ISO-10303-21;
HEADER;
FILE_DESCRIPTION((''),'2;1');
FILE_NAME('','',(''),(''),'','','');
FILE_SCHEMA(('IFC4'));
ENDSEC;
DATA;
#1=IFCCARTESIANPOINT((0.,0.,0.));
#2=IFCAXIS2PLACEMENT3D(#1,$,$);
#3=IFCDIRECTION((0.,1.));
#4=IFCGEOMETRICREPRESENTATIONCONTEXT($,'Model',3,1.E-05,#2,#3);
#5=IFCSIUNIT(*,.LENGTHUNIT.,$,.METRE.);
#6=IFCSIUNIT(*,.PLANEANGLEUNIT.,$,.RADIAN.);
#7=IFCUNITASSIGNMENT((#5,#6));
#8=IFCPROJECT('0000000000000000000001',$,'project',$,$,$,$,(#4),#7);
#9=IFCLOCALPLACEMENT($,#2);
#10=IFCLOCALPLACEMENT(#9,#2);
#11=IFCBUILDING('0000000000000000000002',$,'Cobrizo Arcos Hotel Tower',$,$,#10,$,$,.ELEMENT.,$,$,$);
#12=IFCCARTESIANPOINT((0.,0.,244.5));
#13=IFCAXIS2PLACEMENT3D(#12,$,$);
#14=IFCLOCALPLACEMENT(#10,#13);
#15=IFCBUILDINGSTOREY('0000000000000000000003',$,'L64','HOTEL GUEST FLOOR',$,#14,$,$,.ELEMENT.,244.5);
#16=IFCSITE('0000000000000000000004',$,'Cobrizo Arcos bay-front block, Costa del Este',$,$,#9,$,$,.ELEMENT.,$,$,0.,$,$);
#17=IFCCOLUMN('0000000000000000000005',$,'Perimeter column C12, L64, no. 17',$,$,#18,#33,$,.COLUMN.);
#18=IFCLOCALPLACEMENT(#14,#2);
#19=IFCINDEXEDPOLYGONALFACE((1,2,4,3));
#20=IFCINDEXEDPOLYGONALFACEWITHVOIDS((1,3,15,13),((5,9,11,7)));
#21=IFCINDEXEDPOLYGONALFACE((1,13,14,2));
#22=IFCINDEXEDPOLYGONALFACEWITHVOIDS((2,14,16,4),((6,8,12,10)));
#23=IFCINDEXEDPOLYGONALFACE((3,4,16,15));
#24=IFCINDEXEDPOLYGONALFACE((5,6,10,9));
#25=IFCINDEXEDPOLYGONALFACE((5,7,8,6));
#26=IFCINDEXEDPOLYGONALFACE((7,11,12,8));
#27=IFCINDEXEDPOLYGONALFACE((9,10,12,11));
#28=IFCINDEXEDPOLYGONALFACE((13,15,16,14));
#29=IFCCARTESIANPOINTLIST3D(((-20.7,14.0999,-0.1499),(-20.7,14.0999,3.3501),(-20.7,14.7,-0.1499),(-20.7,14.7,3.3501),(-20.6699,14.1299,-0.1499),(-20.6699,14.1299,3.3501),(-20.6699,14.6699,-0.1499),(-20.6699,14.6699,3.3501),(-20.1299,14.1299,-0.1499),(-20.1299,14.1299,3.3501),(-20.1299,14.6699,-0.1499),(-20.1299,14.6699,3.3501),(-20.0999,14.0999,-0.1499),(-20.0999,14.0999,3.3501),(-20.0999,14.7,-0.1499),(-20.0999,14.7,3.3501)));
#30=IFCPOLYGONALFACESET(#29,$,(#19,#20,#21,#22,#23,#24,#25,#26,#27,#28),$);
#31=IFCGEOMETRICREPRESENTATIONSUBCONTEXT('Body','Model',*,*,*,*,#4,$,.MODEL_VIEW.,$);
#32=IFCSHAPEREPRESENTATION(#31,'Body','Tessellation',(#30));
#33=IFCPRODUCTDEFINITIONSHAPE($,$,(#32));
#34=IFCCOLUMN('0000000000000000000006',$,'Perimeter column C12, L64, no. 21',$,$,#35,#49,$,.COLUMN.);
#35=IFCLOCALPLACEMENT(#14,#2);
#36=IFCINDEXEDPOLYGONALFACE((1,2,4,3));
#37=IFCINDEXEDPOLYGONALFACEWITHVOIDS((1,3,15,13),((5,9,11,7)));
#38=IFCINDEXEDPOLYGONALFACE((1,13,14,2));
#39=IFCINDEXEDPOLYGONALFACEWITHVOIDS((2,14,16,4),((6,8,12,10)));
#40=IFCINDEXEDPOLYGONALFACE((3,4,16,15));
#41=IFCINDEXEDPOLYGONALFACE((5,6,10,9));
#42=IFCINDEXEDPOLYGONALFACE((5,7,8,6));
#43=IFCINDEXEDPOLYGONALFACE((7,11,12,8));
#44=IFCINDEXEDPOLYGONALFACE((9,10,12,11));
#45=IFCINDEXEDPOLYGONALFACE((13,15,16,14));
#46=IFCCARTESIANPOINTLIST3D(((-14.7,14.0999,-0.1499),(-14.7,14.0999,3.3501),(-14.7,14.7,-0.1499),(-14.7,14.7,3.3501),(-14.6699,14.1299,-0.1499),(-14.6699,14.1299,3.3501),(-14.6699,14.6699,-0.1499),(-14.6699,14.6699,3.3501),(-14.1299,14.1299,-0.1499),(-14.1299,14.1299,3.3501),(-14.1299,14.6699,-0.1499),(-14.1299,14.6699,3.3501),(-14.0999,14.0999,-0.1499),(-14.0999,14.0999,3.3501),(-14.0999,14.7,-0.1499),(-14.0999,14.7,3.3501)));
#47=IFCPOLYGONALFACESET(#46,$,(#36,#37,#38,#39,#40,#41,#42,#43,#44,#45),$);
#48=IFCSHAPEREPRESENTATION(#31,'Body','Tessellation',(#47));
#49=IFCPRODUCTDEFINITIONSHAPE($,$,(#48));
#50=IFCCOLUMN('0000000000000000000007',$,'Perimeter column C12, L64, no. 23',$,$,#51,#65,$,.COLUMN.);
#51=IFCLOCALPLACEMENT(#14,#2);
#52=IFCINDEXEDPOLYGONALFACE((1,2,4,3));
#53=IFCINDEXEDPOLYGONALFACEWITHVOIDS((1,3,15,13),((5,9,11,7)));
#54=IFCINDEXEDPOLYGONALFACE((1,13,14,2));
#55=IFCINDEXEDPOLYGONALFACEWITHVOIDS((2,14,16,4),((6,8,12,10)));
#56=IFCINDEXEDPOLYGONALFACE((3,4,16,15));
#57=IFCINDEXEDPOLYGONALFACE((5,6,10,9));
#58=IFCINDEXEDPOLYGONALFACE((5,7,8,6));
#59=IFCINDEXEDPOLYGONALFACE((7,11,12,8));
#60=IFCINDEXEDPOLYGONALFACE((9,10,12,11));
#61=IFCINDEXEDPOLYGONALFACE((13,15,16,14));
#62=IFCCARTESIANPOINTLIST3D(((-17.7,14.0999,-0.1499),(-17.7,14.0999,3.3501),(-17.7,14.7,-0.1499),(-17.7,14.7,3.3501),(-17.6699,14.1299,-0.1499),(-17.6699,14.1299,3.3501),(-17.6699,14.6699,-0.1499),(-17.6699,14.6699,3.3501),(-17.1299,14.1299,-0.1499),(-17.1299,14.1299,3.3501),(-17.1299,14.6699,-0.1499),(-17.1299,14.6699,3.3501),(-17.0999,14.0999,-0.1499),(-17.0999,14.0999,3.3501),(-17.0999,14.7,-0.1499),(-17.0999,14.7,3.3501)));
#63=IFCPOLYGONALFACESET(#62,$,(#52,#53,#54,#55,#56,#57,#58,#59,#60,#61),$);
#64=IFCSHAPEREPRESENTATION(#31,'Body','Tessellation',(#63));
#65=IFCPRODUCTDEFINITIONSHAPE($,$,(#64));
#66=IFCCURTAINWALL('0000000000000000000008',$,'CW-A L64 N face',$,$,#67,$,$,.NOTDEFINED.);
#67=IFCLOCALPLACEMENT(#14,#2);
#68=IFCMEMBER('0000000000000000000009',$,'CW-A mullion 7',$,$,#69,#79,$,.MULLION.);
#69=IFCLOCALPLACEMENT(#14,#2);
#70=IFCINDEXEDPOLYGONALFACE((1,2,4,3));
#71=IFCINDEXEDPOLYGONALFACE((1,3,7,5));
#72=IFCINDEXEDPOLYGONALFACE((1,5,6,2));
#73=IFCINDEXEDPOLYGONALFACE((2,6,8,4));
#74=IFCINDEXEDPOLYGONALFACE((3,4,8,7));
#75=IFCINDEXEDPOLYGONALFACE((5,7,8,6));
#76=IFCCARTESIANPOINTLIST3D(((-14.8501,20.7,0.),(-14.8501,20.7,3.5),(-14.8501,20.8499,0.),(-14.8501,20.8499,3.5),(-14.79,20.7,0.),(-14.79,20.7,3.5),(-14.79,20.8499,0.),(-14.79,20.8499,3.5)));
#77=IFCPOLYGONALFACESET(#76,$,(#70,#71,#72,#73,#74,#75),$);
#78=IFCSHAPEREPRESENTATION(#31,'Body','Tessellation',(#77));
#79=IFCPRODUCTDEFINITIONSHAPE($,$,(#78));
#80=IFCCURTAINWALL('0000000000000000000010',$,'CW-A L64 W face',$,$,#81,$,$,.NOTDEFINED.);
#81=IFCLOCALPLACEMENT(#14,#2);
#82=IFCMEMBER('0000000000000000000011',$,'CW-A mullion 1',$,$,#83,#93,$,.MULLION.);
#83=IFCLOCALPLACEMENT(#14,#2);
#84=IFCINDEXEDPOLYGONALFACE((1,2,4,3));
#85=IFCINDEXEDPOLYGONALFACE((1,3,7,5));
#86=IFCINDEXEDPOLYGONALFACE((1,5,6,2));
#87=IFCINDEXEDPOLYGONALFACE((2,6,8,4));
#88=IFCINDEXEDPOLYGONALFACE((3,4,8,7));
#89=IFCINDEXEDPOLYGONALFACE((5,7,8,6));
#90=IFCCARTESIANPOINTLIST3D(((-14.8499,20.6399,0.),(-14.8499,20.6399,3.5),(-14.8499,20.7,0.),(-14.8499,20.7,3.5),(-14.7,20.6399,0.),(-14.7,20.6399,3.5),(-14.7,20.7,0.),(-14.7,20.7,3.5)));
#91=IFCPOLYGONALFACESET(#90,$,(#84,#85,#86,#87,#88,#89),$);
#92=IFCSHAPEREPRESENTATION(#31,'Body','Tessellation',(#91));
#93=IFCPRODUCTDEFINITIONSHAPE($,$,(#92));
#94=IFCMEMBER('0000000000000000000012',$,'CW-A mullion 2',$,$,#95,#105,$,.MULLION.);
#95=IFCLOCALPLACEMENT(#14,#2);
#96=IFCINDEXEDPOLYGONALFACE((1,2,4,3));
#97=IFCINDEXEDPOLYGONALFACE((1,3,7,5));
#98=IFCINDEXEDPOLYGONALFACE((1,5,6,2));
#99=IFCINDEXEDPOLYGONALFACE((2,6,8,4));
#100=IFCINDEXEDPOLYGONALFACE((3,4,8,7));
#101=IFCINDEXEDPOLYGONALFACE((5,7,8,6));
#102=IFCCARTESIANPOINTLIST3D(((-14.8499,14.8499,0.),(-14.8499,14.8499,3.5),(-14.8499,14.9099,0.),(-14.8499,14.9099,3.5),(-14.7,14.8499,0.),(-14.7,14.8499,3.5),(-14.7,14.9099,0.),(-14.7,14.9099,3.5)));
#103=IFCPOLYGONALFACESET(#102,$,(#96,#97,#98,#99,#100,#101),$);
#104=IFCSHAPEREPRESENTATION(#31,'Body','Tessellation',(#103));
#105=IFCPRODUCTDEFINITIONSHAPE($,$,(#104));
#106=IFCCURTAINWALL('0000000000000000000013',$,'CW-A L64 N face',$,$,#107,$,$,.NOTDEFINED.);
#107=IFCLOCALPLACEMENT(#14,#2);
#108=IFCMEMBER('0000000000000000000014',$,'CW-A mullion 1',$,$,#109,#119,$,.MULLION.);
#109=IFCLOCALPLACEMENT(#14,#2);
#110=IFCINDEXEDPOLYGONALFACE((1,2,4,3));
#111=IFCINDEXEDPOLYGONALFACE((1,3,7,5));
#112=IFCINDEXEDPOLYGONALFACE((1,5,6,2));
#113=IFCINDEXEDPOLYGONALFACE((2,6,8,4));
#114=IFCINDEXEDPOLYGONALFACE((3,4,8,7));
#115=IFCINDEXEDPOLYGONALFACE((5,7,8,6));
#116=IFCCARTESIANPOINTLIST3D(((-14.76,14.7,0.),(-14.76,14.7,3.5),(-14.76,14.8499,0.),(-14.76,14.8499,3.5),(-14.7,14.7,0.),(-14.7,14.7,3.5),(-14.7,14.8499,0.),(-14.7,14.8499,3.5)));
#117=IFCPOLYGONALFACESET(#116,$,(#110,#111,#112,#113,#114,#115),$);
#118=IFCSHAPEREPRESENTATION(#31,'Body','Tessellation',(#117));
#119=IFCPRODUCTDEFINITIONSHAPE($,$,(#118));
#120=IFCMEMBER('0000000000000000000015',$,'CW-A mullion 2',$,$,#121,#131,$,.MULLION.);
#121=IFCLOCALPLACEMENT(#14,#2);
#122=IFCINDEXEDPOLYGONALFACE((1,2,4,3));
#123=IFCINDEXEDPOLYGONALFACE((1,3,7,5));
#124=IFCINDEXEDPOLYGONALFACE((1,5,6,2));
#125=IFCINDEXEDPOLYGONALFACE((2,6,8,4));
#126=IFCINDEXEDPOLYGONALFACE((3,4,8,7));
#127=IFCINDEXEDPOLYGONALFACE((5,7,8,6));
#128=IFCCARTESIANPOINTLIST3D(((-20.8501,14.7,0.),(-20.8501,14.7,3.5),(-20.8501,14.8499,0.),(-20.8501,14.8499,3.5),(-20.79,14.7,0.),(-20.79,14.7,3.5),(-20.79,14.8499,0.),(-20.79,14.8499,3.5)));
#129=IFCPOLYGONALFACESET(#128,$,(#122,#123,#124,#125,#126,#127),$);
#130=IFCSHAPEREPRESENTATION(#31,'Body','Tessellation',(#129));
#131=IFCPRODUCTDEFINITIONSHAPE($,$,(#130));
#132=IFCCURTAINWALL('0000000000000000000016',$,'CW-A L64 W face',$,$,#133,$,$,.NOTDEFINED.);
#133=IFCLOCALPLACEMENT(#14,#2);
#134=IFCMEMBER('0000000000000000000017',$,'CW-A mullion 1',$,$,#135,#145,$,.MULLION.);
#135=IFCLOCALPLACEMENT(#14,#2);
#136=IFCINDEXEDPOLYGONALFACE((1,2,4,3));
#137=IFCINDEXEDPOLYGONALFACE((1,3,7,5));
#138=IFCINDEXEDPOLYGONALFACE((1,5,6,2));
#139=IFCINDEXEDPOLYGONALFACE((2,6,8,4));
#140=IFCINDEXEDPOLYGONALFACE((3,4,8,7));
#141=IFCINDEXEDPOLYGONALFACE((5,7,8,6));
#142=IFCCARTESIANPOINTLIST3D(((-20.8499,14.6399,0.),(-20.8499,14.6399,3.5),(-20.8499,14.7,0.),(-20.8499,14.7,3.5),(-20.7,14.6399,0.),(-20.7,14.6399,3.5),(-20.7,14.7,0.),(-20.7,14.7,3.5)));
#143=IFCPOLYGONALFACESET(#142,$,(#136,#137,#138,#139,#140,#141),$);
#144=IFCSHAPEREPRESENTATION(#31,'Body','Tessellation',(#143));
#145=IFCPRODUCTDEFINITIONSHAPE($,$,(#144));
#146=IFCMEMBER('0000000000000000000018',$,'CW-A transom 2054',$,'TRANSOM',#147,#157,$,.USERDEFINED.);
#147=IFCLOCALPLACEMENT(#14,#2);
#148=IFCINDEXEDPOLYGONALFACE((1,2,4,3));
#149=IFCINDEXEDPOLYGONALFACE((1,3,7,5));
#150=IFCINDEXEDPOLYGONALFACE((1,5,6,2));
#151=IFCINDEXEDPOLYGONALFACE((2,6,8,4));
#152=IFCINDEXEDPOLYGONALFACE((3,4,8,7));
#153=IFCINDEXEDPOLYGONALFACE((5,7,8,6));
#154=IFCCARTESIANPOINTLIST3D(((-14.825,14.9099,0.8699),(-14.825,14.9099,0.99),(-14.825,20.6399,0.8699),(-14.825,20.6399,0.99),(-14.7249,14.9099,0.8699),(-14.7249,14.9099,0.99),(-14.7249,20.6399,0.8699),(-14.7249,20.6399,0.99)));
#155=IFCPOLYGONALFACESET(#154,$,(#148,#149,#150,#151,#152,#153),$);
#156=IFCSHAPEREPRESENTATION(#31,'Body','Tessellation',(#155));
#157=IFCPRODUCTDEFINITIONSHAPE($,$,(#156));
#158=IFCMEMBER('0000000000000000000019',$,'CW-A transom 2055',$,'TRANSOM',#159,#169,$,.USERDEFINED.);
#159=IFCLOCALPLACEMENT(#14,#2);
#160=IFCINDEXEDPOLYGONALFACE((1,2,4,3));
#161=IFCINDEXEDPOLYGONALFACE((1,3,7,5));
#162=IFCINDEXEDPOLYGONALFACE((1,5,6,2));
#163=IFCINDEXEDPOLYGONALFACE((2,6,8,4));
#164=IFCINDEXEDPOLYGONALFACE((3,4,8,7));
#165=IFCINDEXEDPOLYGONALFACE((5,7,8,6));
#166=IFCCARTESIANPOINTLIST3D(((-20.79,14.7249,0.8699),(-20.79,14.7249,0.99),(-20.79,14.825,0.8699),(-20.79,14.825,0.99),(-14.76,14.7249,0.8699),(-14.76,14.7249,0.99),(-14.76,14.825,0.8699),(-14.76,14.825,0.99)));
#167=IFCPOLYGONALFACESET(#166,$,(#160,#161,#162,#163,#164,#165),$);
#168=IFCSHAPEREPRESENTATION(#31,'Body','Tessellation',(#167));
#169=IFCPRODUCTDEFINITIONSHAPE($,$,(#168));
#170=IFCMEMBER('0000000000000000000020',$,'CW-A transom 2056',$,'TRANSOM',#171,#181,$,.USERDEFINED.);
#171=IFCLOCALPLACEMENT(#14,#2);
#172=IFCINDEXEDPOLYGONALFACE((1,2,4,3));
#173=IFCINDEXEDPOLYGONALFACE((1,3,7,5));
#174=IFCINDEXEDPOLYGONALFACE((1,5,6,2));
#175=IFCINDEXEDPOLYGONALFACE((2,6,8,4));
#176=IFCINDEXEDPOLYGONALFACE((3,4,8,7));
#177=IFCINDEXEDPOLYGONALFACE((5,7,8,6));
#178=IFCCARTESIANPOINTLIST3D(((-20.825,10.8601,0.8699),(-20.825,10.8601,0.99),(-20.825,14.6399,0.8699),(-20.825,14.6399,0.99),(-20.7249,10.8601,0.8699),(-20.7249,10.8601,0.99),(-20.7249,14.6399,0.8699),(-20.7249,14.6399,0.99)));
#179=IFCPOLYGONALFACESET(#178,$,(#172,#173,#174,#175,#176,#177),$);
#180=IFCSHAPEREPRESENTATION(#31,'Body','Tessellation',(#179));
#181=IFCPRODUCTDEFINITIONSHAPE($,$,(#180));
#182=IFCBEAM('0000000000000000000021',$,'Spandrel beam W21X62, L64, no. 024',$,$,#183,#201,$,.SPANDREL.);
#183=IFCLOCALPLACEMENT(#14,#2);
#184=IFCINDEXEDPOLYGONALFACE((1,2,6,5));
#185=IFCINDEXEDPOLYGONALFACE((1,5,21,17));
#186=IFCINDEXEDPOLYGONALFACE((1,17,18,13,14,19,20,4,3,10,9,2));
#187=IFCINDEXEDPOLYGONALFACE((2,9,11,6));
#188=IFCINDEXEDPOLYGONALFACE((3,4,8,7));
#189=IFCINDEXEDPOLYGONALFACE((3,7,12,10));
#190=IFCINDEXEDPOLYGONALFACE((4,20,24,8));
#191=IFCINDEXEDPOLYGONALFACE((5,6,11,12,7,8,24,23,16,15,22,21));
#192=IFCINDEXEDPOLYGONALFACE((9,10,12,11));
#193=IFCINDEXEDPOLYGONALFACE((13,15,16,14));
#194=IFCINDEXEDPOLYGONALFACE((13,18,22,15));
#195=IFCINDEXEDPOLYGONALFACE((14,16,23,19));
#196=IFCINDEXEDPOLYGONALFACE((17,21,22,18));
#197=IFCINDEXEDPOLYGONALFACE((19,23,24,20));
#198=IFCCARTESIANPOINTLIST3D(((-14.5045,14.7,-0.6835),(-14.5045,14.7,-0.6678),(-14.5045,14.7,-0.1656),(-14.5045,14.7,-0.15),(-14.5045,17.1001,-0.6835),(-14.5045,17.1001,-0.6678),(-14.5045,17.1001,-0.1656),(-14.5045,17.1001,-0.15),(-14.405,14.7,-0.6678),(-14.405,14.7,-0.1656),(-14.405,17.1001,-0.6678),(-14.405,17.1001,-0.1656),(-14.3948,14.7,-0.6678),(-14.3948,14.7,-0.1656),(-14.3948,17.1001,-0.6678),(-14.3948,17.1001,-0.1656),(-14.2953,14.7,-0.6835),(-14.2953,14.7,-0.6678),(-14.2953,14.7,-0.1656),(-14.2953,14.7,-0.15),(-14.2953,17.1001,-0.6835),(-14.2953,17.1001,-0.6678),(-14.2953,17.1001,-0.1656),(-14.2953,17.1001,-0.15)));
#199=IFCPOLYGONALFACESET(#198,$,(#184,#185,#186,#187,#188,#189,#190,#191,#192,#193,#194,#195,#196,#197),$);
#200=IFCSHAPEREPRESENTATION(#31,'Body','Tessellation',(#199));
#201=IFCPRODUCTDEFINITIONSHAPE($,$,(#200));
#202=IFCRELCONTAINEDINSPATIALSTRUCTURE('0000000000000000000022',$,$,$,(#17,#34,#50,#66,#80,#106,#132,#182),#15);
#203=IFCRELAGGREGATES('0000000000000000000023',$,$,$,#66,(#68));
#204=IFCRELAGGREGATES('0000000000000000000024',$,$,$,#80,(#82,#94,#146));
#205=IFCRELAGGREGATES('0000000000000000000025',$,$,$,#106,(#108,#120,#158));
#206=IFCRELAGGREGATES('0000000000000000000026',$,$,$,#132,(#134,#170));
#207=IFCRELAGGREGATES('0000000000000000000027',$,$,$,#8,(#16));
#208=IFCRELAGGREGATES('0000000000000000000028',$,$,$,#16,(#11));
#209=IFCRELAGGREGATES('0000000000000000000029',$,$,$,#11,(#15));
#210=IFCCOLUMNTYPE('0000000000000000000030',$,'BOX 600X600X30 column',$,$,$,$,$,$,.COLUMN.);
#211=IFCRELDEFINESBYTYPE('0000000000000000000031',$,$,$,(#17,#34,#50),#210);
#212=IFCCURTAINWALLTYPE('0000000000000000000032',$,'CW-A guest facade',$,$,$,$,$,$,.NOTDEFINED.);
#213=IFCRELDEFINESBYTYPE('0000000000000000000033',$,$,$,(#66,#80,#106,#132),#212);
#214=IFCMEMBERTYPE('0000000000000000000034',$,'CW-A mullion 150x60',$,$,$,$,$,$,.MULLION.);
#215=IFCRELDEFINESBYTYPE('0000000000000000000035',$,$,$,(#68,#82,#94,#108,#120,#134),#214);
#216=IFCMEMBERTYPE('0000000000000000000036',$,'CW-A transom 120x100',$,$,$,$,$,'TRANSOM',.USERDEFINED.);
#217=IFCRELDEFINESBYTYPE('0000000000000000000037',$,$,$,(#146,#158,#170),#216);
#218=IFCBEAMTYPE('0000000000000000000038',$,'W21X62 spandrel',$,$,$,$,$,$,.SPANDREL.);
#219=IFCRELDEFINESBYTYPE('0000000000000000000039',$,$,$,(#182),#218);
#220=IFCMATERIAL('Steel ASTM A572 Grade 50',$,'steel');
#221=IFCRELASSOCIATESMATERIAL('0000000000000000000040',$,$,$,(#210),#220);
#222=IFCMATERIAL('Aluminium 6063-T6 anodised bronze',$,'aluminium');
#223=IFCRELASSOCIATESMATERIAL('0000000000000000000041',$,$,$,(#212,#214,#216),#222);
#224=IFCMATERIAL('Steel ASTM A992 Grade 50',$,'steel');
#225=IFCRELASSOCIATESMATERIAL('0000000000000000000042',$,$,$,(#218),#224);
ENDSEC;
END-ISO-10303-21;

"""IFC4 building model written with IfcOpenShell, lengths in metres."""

from ifc_helpers import new_model, si_unit, direction, frame, origin, origin_2d, place, context, subcontext, project, spatial, rectangle, hollow_rectangle, i_section, extrude, material, material_profile, profile_set, type_object, element, aggregate, save


model = new_model("IFC4")

# Units and contexts
model_context = context("Model", 3, precision=1e-05, world=origin(), true_north=direction((0.0, 1.0)))
body_context = subcontext(model_context, "Body", "Model", "MODEL_VIEW")
ifc_project = project(units=[si_unit("LENGTHUNIT", "METRE"), si_unit("PLANEANGLEUNIT", "RADIAN")], contexts=[model_context])

# Site, building, storey
site_placement = place(None, origin())
site = spatial("IfcSite", under=ifc_project, at=site_placement, Name="Cobrizo Arcos bay-front block, Costa del Este", CompositionType="ELEMENT", RefElevation=0.0)
building_placement = place(site_placement, origin())
building = spatial("IfcBuilding", under=site, at=building_placement, Name="Cobrizo Arcos Hotel Tower", CompositionType="ELEMENT")
storey_placement = place(building_placement, frame((0.0, 0.0, 244.5)))
storey = spatial("IfcBuildingStorey", under=building, at=storey_placement, Name="L64", Description="HOTEL GUEST FLOOR", CompositionType="ELEMENT", Elevation=244.5)

# Columns
ifc_material_1 = material(Name="Steel ASTM A572 Grade 50", Category="steel")
ifc_material_profile_1 = material_profile(ifc_material_1, hollow_rectangle(XDim=0.6001, YDim=0.6001, WallThickness=0.03, at=origin_2d()), Name="BOX 600X600X30")
ifc_profile_set_1 = profile_set([ifc_material_profile_1], Name="Steel ASTM A572 Grade 50")
column_type = type_object("IfcColumnType", Name="BOX 600X600X30 column", PredefinedType="COLUMN", material=ifc_profile_set_1)
for number, where, z_axis, x_axis, name in (
    (1, (-20.3999, 14.3999, -0.1499), (0.0, 0.0, 1.0), (1.0, 0.0, 0.0), "Perimeter column C12, L64, no. 17"),
    (2, (-14.3999, 14.3999, -0.1499), (0.0, 0.0, 1.0), (1.0, 0.0, 0.0), "Perimeter column C12, L64, no. 21"),
    (3, (-17.3999, 14.3999, -0.1499), (0.0, 0.0, 1.0), (1.0, 0.0, 0.0), "Perimeter column C12, L64, no. 23"),
):
    element("IfcColumn", number, at=place(storey_placement, frame(where, z_axis=z_axis, x_axis=x_axis)), inside=storey, type_object=column_type, Name=name, PredefinedType="COLUMN", context=body_context, shape_type="SweptSolid", body=[
        extrude(hollow_rectangle(XDim=0.6001, YDim=0.6001, WallThickness=0.03, at=origin_2d()), origin(), (0.0, 0.0, 1.0), 3.5),
    ])

# Curtain wall, member
ifc_material_2 = material(Name="Aluminium 6063-T6 anodised bronze", Category="aluminium")
curtain_wall_type = type_object("IfcCurtainWallType", Name="CW-A guest facade", PredefinedType="NOTDEFINED", material=ifc_material_2)
curtain_wall_1_placement = place(storey_placement, origin())
curtain_wall_1 = element("IfcCurtainWall", 4, at=curtain_wall_1_placement, inside=storey, type_object=curtain_wall_type, Name="CW-A L64 N face", PredefinedType="NOTDEFINED")
ifc_material_profile_2 = material_profile(ifc_material_2, rectangle(XDim=0.1499, YDim=0.0601, at=origin_2d()), Name="CW-A mullion 150x60")
ifc_profile_set_2 = profile_set([ifc_material_profile_2], Name="Aluminium 6063-T6 anodised bronze")
member_type_1 = type_object("IfcMemberType", Name="CW-A mullion 150x60", PredefinedType="MULLION", material=ifc_profile_set_2)
member_1_placement = place(storey_placement, frame((-14.8201, 20.7749, 0.0), z_axis=(0.0, 0.0, 1.0), x_axis=(0.0, 1.0, 0.0)))
member_1 = element("IfcMember", 5, at=member_1_placement, type_object=member_type_1, Name="CW-A mullion 7", PredefinedType="MULLION", context=body_context, shape_type="SweptSolid", body=[
    extrude(rectangle(XDim=0.1499, YDim=0.0601, at=origin_2d()), origin(), (0.0, 0.0, 1.0), 3.5),
])
aggregate(curtain_wall_1, [member_1])

# Curtain walls, members
curtain_wall_2_placement = place(storey_placement, origin())
curtain_wall_2 = element("IfcCurtainWall", 6, at=curtain_wall_2_placement, inside=storey, type_object=curtain_wall_type, Name="CW-A L64 W face", PredefinedType="NOTDEFINED")
member_2_placement = place(storey_placement, frame((-14.7749, 20.6699, 0.0), z_axis=(0.0, 0.0, 1.0), x_axis=(-1.0, 0.0, 0.0)))
member_2 = element("IfcMember", 7, at=member_2_placement, type_object=member_type_1, Name="CW-A mullion 1", PredefinedType="MULLION", context=body_context, shape_type="SweptSolid", body=[
    extrude(rectangle(XDim=0.1499, YDim=0.0601, at=origin_2d()), origin(), (0.0, 0.0, 1.0), 3.5),
])
member_3_placement = place(storey_placement, frame((-14.7749, 14.8799, 0.0), z_axis=(0.0, 0.0, 1.0), x_axis=(-1.0, 0.0, 0.0)))
member_3 = element("IfcMember", 8, at=member_3_placement, type_object=member_type_1, Name="CW-A mullion 2", PredefinedType="MULLION", context=body_context, shape_type="SweptSolid", body=[
    extrude(rectangle(XDim=0.1499, YDim=0.0601, at=origin_2d()), origin(), (0.0, 0.0, 1.0), 3.5),
])
curtain_wall_3_placement = place(storey_placement, origin())
curtain_wall_3 = element("IfcCurtainWall", 9, at=curtain_wall_3_placement, inside=storey, type_object=curtain_wall_type, Name="CW-A L64 N face", PredefinedType="NOTDEFINED")
member_4_placement = place(storey_placement, frame((-14.73, 14.7749, 0.0), z_axis=(0.0, 0.0, 1.0), x_axis=(0.0, 1.0, 0.0)))
member_4 = element("IfcMember", 10, at=member_4_placement, type_object=member_type_1, Name="CW-A mullion 1", PredefinedType="MULLION", context=body_context, shape_type="SweptSolid", body=[
    extrude(rectangle(XDim=0.1499, YDim=0.0601, at=origin_2d()), origin(), (0.0, 0.0, 1.0), 3.5),
])
member_5_placement = place(storey_placement, frame((-20.8201, 14.7749, 0.0), z_axis=(0.0, 0.0, 1.0), x_axis=(0.0, 1.0, 0.0)))
member_5 = element("IfcMember", 11, at=member_5_placement, type_object=member_type_1, Name="CW-A mullion 2", PredefinedType="MULLION", context=body_context, shape_type="SweptSolid", body=[
    extrude(rectangle(XDim=0.1499, YDim=0.0601, at=origin_2d()), origin(), (0.0, 0.0, 1.0), 3.5),
])

# Curtain wall, member
curtain_wall_4_placement = place(storey_placement, origin())
curtain_wall_4 = element("IfcCurtainWall", 12, at=curtain_wall_4_placement, inside=storey, type_object=curtain_wall_type, Name="CW-A L64 W face", PredefinedType="NOTDEFINED")
member_6_placement = place(storey_placement, frame((-20.7749, 14.6699, 0.0), z_axis=(0.0, 0.0, 1.0), x_axis=(-1.0, 0.0, 0.0)))
member_6 = element("IfcMember", 13, at=member_6_placement, type_object=member_type_1, Name="CW-A mullion 1", PredefinedType="MULLION", context=body_context, shape_type="SweptSolid", body=[
    extrude(rectangle(XDim=0.1499, YDim=0.0601, at=origin_2d()), origin(), (0.0, 0.0, 1.0), 3.5),
])

# Members
ifc_material_profile_3 = material_profile(ifc_material_2, rectangle(XDim=0.1001, YDim=0.1201, at=origin_2d()), Name="CW-A transom 120x100")
ifc_profile_set_3 = profile_set([ifc_material_profile_3], Name="Aluminium 6063-T6 anodised bronze")
member_type_2 = type_object("IfcMemberType", Name="CW-A transom 120x100", ElementType="TRANSOM", PredefinedType="USERDEFINED", material=ifc_profile_set_3)
member_7_placement = place(storey_placement, frame((-14.7749, 20.6399, 0.9299), z_axis=(0.0, -1.0, 0.0), x_axis=(1.0, 0.0, 0.0)))
member_7 = element("IfcMember", 14, at=member_7_placement, type_object=member_type_2, Name="CW-A transom 2054", ObjectType="TRANSOM", PredefinedType="USERDEFINED", context=body_context, shape_type="SweptSolid", body=[
    extrude(rectangle(XDim=0.1001, YDim=0.1201, at=origin_2d()), origin(), (0.0, 0.0, 1.0), 5.73),
])
member_8_placement = place(storey_placement, frame((-14.76, 14.7749, 0.9299), z_axis=(-1.0, 0.0, 0.0), x_axis=(0.0, -1.0, 0.0)))
member_8 = element("IfcMember", 15, at=member_8_placement, type_object=member_type_2, Name="CW-A transom 2055", ObjectType="TRANSOM", PredefinedType="USERDEFINED", context=body_context, shape_type="SweptSolid", body=[
    extrude(rectangle(XDim=0.1001, YDim=0.1201, at=origin_2d()), origin(), (0.0, 0.0, 1.0), 6.03),
])
member_9_placement = place(storey_placement, frame((-20.7749, 14.6399, 0.9299), z_axis=(0.0, -1.0, 0.0), x_axis=(1.0, 0.0, 0.0)))
member_9 = element("IfcMember", 16, at=member_9_placement, type_object=member_type_2, Name="CW-A transom 2056", ObjectType="TRANSOM", PredefinedType="USERDEFINED", context=body_context, shape_type="SweptSolid", body=[
    extrude(rectangle(XDim=0.1001, YDim=0.1201, at=origin_2d()), origin(), (0.0, 0.0, 1.0), 3.7798),
])

# Beam
ifc_material_3 = material(Name="Steel ASTM A992 Grade 50", Category="steel")
ifc_material_profile_4 = material_profile(ifc_material_3, i_section(OverallWidth=0.2092, OverallDepth=0.5334, WebThickness=0.0103, FlangeThickness=0.0156, at=origin_2d()), Name="W21X62")
ifc_profile_set_4 = profile_set([ifc_material_profile_4], Name="Steel ASTM A992 Grade 50")
beam_type = type_object("IfcBeamType", Name="W21X62 spandrel", PredefinedType="SPANDREL", material=ifc_profile_set_4)
for number, where, z_axis, x_axis, name in (
    (17, (-14.3999, 17.1001, -0.4167), (0.0, -1.0, 0.0), (1.0, 0.0, 0.0), "Spandrel beam W21X62, L64, no. 024"),
):
    element("IfcBeam", number, at=place(storey_placement, frame(where, z_axis=z_axis, x_axis=x_axis)), inside=storey, type_object=beam_type, Name=name, PredefinedType="SPANDREL", context=body_context, shape_type="SweptSolid", body=[
        extrude(i_section(OverallWidth=0.2092, OverallDepth=0.5334, WebThickness=0.0103, FlangeThickness=0.0156, at=origin_2d()), origin(), (0.0, 0.0, 1.0), 2.4001),
    ])

aggregate(curtain_wall_2, [member_2, member_3, member_7])
aggregate(curtain_wall_3, [member_4, member_5, member_8])
aggregate(curtain_wall_4, [member_6, member_9])

save(model, "model.ifc")
